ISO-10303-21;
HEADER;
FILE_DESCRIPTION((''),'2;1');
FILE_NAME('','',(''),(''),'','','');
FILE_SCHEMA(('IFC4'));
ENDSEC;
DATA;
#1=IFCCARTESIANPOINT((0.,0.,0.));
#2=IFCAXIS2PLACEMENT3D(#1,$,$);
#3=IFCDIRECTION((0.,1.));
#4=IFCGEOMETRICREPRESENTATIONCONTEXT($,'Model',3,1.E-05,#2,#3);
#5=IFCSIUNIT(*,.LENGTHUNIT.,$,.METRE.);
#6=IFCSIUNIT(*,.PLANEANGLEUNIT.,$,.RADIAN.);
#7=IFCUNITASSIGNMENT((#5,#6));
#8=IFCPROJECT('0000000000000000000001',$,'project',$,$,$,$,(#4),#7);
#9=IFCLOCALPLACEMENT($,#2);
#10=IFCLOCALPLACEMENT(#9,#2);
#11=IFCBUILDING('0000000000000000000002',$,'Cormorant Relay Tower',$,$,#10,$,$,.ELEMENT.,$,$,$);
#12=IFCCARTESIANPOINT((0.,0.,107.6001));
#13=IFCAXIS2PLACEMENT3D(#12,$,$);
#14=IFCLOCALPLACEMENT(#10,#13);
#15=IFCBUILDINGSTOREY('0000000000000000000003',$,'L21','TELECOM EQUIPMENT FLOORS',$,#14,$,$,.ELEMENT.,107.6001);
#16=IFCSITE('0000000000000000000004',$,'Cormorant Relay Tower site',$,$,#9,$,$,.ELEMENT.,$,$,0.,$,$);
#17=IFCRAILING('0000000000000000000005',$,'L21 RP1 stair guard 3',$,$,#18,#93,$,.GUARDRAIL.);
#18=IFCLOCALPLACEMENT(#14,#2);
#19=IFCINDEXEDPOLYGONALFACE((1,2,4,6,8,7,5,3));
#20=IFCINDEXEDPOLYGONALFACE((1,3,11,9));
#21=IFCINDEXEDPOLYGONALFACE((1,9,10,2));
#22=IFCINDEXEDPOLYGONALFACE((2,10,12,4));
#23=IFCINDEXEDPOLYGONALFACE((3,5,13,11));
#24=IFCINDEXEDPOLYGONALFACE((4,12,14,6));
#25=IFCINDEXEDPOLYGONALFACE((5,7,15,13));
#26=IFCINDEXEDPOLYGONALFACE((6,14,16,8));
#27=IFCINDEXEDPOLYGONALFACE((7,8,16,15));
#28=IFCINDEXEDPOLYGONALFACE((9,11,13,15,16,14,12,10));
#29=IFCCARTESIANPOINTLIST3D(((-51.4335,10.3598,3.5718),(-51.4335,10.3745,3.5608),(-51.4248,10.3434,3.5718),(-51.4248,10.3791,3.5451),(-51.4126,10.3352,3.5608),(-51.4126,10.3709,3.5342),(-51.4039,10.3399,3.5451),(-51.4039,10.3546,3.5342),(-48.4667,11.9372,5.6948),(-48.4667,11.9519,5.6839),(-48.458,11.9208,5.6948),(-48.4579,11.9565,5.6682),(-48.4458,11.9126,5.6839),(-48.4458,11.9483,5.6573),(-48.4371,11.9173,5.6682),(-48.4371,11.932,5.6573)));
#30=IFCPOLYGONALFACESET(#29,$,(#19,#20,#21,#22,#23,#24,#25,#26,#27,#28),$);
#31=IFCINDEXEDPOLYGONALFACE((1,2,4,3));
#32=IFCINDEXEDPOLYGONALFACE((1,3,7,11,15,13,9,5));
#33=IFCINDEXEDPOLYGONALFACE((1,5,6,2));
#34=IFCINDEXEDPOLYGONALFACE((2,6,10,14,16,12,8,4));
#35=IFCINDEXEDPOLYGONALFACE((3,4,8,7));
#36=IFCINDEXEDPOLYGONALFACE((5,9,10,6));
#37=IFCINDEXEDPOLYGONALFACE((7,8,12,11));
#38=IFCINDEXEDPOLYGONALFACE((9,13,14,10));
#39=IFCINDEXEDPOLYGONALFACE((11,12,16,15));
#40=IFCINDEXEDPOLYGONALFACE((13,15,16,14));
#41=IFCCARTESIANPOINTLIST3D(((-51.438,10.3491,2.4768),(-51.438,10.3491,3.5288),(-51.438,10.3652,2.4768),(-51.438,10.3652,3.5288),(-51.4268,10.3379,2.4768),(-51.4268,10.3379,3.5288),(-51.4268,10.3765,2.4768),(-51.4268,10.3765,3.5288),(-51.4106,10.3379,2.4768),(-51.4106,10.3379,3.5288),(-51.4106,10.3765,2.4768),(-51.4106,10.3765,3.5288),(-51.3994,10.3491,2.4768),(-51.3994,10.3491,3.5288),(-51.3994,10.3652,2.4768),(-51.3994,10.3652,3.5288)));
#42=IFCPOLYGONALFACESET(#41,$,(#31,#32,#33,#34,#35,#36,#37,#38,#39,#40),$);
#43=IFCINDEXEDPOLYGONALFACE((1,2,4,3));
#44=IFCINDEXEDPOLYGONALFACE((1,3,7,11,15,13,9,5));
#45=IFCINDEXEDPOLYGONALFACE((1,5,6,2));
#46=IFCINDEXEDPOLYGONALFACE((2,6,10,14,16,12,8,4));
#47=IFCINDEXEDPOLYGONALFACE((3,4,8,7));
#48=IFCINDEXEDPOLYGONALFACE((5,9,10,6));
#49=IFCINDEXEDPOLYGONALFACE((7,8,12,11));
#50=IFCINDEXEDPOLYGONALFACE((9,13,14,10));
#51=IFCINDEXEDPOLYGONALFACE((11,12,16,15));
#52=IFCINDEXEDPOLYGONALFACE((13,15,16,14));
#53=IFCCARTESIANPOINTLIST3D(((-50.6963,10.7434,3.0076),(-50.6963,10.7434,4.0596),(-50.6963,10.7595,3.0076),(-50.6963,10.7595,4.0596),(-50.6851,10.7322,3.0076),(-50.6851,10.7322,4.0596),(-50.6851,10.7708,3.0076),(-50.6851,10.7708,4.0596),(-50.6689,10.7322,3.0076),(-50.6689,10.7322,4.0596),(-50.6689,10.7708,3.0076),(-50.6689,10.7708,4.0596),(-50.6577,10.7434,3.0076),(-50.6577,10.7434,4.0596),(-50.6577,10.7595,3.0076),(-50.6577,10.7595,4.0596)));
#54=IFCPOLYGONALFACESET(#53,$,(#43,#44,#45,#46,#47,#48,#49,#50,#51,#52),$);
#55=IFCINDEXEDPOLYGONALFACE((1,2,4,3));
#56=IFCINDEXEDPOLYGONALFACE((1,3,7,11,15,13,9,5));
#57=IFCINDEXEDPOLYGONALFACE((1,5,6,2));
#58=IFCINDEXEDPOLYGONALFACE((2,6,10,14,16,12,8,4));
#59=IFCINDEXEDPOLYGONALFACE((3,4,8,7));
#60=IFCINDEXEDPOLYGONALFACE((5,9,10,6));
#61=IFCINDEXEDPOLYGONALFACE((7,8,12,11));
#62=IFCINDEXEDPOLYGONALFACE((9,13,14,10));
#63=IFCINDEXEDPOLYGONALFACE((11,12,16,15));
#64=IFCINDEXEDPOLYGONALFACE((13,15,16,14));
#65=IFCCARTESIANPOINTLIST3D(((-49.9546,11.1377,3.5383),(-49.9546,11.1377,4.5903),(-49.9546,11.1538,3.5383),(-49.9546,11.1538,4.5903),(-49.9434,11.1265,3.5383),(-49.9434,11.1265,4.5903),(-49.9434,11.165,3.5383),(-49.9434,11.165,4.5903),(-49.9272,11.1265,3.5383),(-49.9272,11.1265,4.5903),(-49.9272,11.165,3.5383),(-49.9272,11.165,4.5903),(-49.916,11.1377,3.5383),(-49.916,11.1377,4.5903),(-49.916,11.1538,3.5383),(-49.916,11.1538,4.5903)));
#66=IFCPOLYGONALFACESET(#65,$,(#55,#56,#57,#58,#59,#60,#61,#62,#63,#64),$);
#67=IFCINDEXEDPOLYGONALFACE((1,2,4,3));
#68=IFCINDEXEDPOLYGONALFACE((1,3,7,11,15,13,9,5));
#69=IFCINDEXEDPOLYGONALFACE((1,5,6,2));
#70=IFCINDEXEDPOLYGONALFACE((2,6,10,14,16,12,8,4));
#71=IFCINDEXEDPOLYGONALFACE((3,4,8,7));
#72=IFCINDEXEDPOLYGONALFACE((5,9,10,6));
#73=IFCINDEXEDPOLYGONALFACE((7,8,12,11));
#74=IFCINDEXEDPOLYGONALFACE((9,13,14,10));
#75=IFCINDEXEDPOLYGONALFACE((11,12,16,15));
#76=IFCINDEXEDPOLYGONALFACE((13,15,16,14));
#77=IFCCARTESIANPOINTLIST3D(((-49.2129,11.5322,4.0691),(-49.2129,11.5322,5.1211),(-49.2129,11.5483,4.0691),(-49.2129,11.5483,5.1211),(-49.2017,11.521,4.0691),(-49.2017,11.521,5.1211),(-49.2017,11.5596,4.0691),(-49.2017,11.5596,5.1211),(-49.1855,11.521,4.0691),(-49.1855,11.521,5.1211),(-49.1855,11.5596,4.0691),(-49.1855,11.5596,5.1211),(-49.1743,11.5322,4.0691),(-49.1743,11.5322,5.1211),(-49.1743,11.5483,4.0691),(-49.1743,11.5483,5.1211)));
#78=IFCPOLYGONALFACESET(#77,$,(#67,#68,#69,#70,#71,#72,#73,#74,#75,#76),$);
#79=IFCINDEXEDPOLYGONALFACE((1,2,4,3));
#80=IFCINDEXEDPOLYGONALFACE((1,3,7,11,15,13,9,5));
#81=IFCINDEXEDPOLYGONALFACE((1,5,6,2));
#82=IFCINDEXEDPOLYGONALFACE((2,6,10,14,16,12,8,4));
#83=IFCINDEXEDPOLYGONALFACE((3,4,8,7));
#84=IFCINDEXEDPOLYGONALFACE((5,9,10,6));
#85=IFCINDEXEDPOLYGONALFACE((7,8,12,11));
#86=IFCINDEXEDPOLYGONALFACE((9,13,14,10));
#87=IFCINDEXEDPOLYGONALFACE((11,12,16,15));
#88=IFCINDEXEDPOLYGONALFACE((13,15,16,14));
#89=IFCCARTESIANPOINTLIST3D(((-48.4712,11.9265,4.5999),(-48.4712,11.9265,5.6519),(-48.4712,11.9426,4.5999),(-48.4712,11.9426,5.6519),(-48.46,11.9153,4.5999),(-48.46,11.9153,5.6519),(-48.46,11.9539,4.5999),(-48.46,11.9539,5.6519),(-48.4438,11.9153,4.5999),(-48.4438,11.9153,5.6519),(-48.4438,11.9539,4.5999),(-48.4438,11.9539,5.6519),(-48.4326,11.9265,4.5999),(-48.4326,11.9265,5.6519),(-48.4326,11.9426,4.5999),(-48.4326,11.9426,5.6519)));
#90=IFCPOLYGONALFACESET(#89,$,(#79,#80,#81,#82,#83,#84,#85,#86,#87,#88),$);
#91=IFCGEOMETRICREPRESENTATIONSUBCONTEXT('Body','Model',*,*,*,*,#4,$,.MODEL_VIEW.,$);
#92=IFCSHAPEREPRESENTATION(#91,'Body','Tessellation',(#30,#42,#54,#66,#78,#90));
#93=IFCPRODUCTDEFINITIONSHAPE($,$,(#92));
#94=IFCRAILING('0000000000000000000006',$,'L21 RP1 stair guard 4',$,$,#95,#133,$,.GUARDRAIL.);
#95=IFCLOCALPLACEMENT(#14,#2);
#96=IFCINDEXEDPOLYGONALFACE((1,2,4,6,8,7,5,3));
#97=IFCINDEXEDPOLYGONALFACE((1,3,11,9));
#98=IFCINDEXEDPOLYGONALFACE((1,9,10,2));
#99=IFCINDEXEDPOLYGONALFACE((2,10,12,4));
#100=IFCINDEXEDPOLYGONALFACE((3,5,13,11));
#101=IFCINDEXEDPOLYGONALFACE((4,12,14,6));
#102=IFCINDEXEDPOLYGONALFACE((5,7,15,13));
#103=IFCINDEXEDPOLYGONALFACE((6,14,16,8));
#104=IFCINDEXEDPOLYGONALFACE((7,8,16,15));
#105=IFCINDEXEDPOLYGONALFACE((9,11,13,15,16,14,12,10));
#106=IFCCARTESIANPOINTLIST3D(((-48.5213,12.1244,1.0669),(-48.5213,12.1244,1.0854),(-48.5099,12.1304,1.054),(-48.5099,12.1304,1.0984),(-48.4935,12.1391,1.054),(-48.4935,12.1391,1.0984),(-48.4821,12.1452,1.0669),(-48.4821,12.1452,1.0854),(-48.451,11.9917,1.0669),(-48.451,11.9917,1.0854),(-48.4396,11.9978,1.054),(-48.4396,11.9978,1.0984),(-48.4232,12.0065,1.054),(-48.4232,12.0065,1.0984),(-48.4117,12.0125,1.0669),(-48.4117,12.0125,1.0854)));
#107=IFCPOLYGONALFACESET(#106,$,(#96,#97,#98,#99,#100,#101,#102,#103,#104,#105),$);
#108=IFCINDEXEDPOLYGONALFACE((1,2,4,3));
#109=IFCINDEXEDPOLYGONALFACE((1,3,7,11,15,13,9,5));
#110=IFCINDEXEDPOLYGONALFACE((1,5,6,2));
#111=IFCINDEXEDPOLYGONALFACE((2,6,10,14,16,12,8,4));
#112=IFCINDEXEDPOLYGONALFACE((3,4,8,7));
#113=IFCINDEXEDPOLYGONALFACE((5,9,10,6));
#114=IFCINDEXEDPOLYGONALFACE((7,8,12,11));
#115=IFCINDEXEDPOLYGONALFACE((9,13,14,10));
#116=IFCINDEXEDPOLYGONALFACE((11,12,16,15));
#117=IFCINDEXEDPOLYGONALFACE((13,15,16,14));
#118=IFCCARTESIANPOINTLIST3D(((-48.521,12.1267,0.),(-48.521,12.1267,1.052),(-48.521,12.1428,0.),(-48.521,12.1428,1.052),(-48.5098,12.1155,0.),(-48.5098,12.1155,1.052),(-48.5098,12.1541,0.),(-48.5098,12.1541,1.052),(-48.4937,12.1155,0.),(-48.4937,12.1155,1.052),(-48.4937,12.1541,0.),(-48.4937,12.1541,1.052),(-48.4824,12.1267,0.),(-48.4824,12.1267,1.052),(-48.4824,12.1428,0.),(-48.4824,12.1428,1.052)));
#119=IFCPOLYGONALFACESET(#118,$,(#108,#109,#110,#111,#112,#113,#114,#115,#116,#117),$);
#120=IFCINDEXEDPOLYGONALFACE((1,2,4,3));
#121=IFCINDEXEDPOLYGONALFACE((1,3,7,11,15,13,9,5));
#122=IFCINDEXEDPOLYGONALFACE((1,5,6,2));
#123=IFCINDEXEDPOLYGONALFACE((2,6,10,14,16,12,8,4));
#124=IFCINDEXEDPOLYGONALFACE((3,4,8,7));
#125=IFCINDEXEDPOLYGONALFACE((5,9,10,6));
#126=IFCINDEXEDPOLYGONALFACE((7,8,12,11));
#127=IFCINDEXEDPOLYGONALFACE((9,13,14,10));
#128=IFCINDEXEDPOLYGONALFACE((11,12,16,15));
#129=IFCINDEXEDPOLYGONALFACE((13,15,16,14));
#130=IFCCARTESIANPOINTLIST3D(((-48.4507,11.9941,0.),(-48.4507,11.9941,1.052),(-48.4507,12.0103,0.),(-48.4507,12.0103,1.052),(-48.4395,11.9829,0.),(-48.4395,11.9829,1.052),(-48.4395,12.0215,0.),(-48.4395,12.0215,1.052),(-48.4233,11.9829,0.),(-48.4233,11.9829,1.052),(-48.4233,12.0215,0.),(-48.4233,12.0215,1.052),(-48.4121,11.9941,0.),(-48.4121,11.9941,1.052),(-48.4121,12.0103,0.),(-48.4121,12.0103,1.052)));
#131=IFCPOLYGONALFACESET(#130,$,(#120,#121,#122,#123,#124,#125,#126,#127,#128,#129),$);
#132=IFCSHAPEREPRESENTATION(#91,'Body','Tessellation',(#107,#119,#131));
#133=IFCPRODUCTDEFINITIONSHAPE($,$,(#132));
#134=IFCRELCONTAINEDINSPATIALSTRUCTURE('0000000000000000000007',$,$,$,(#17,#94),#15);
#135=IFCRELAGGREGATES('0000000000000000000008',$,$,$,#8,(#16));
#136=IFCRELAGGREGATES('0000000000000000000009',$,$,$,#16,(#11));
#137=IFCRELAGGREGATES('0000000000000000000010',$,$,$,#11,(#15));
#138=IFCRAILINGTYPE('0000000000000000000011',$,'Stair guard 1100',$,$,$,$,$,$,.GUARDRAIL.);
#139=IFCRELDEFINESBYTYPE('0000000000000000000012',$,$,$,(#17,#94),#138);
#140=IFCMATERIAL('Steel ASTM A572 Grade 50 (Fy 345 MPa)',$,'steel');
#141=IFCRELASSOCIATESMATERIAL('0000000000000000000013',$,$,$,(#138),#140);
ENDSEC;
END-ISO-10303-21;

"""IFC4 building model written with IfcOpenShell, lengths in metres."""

from ifc_helpers import new_model, si_unit, direction, frame, origin, place, context, subcontext, project, spatial, polyline, outline, extrude, material, type_object, element, save


model = new_model("IFC4")

# Units and contexts
model_context = context("Model", 3, precision=1e-05, world=origin(), true_north=direction((0.0, 1.0)))
body_context = subcontext(model_context, "Body", "Model", "MODEL_VIEW")
ifc_project = project(units=[si_unit("LENGTHUNIT", "METRE"), si_unit("PLANEANGLEUNIT", "RADIAN")], contexts=[model_context])

# Site, building, storey
site_placement = place(None, origin())
site = spatial("IfcSite", under=ifc_project, at=site_placement, Name="Cormorant Relay Tower site", CompositionType="ELEMENT", RefElevation=0.0)
building_placement = place(site_placement, origin())
building = spatial("IfcBuilding", under=site, at=building_placement, Name="Cormorant Relay Tower", CompositionType="ELEMENT")
storey_placement = place(building_placement, frame((0.0, 0.0, 107.6001)))
storey = spatial("IfcBuildingStorey", under=building, at=storey_placement, Name="L21", Description="TELECOM EQUIPMENT FLOORS", CompositionType="ELEMENT", Elevation=107.6001)

# Railings
ifc_material_1 = material(Name="Steel ASTM A572 Grade 50 (Fy 345 MPa)", Category="steel")
railing_type_1 = type_object("IfcRailingType", Name="Stair guard 1100", PredefinedType="GUARDRAIL", material=ifc_material_1)
railing_1_placement = place(storey_placement, frame((-51.4187, 10.3572, 2.4768)))
element("IfcRailing", 1, at=railing_1_placement, inside=storey, type_object=railing_type_1, Name="L21 RP1 stair guard 3", PredefinedType="GUARDRAIL", context=body_context, shape_type="SweptSolid", body=[
    extrude(outline(polyline([(0.0222, 0.0093), (0.0093, 0.0222), (-0.0093, 0.0222), (-0.0222, 0.0093), (-0.0222, -0.0093), (-0.0093, -0.0222), (0.0093, -0.0222), (0.0222, -0.0093), (0.0222, 0.0093)])), frame((0.0, 0.0, 1.0762), z_axis=(0.746441, 0.396869, 0.534155), x_axis=(-0.469453, 0.882958, 0.0)), (0.0, 0.0, 1.0), 3.9746),
    extrude(outline(polyline([(0.0193, 0.0081), (0.0081, 0.0193), (-0.0081, 0.0193), (-0.0193, 0.0081), (-0.0193, -0.0081), (-0.0081, -0.0193), (0.0081, -0.0193), (0.0193, -0.0081), (0.0193, 0.0081)])), origin(), (0.0, 0.0, 1.0), 1.052),
    extrude(outline(polyline([(0.0193, 0.0081), (0.0081, 0.0193), (-0.0081, 0.0193), (-0.0193, 0.0081), (-0.0193, -0.0081), (-0.0081, -0.0193), (0.0081, -0.0193), (0.0193, -0.0081), (0.0193, 0.0081)])), frame((0.7417, 0.3943, 0.5308)), (0.0, 0.0, 1.0), 1.052),
    extrude(outline(polyline([(0.0193, 0.0081), (0.0081, 0.0193), (-0.0081, 0.0193), (-0.0193, 0.0081), (-0.0193, -0.0081), (-0.0081, -0.0193), (0.0081, -0.0193), (0.0193, -0.0081), (0.0193, 0.0081)])), frame((1.4834, 0.7886, 1.0615)), (0.0, 0.0, 1.0), 1.052),
    extrude(outline(polyline([(0.0193, 0.0081), (0.0081, 0.0193), (-0.0081, 0.0193), (-0.0193, 0.0081), (-0.0193, -0.0081), (-0.0081, -0.0193), (0.0081, -0.0193), (0.0193, -0.0081), (0.0193, 0.0081)])), frame((2.2251, 1.1831, 1.5923)), (0.0, 0.0, 1.0), 1.052),
    extrude(outline(polyline([(0.0193, 0.0081), (0.0081, 0.0193), (-0.0081, 0.0193), (-0.0193, 0.0081), (-0.0193, -0.0081), (-0.0081, -0.0193), (0.0081, -0.0193), (0.0193, -0.0081), (0.0193, 0.0081)])), frame((2.9668, 1.5774, 2.123)), (0.0, 0.0, 1.0), 1.052),
])
railing_2_placement = place(storey_placement, frame((-48.5017, 12.1348, 0.0)))
element("IfcRailing", 2, at=railing_2_placement, inside=storey, type_object=railing_type_1, Name="L21 RP1 stair guard 4", PredefinedType="GUARDRAIL", context=body_context, shape_type="SweptSolid", body=[
    extrude(outline(polyline([(0.0222, 0.0093), (0.0093, 0.0222), (-0.0093, 0.0222), (-0.0222, 0.0093), (-0.0222, -0.0093), (-0.0093, -0.0222), (0.0093, -0.0222), (0.0222, -0.0093), (0.0222, 0.0093)])), frame((0.0, 0.0, 1.0762), z_axis=(0.46856, -0.883431, 0.0), x_axis=(0.883431, 0.46856, 0.0)), (0.0, 0.0, 1.0), 0.1501),
    extrude(outline(polyline([(0.0193, 0.0081), (0.0081, 0.0193), (-0.0081, 0.0193), (-0.0193, 0.0081), (-0.0193, -0.0081), (-0.0081, -0.0193), (0.0081, -0.0193), (0.0193, -0.0081), (0.0193, 0.0081)])), origin(), (0.0, 0.0, 1.0), 1.052),
    extrude(outline(polyline([(0.0193, 0.0081), (0.0081, 0.0193), (-0.0081, 0.0193), (-0.0193, 0.0081), (-0.0193, -0.0081), (-0.0081, -0.0193), (0.0081, -0.0193), (0.0193, -0.0081), (0.0193, 0.0081)])), frame((0.0703, -0.1326, 0.0)), (0.0, 0.0, 1.0), 1.052),
])

save(model, "model.ifc")
